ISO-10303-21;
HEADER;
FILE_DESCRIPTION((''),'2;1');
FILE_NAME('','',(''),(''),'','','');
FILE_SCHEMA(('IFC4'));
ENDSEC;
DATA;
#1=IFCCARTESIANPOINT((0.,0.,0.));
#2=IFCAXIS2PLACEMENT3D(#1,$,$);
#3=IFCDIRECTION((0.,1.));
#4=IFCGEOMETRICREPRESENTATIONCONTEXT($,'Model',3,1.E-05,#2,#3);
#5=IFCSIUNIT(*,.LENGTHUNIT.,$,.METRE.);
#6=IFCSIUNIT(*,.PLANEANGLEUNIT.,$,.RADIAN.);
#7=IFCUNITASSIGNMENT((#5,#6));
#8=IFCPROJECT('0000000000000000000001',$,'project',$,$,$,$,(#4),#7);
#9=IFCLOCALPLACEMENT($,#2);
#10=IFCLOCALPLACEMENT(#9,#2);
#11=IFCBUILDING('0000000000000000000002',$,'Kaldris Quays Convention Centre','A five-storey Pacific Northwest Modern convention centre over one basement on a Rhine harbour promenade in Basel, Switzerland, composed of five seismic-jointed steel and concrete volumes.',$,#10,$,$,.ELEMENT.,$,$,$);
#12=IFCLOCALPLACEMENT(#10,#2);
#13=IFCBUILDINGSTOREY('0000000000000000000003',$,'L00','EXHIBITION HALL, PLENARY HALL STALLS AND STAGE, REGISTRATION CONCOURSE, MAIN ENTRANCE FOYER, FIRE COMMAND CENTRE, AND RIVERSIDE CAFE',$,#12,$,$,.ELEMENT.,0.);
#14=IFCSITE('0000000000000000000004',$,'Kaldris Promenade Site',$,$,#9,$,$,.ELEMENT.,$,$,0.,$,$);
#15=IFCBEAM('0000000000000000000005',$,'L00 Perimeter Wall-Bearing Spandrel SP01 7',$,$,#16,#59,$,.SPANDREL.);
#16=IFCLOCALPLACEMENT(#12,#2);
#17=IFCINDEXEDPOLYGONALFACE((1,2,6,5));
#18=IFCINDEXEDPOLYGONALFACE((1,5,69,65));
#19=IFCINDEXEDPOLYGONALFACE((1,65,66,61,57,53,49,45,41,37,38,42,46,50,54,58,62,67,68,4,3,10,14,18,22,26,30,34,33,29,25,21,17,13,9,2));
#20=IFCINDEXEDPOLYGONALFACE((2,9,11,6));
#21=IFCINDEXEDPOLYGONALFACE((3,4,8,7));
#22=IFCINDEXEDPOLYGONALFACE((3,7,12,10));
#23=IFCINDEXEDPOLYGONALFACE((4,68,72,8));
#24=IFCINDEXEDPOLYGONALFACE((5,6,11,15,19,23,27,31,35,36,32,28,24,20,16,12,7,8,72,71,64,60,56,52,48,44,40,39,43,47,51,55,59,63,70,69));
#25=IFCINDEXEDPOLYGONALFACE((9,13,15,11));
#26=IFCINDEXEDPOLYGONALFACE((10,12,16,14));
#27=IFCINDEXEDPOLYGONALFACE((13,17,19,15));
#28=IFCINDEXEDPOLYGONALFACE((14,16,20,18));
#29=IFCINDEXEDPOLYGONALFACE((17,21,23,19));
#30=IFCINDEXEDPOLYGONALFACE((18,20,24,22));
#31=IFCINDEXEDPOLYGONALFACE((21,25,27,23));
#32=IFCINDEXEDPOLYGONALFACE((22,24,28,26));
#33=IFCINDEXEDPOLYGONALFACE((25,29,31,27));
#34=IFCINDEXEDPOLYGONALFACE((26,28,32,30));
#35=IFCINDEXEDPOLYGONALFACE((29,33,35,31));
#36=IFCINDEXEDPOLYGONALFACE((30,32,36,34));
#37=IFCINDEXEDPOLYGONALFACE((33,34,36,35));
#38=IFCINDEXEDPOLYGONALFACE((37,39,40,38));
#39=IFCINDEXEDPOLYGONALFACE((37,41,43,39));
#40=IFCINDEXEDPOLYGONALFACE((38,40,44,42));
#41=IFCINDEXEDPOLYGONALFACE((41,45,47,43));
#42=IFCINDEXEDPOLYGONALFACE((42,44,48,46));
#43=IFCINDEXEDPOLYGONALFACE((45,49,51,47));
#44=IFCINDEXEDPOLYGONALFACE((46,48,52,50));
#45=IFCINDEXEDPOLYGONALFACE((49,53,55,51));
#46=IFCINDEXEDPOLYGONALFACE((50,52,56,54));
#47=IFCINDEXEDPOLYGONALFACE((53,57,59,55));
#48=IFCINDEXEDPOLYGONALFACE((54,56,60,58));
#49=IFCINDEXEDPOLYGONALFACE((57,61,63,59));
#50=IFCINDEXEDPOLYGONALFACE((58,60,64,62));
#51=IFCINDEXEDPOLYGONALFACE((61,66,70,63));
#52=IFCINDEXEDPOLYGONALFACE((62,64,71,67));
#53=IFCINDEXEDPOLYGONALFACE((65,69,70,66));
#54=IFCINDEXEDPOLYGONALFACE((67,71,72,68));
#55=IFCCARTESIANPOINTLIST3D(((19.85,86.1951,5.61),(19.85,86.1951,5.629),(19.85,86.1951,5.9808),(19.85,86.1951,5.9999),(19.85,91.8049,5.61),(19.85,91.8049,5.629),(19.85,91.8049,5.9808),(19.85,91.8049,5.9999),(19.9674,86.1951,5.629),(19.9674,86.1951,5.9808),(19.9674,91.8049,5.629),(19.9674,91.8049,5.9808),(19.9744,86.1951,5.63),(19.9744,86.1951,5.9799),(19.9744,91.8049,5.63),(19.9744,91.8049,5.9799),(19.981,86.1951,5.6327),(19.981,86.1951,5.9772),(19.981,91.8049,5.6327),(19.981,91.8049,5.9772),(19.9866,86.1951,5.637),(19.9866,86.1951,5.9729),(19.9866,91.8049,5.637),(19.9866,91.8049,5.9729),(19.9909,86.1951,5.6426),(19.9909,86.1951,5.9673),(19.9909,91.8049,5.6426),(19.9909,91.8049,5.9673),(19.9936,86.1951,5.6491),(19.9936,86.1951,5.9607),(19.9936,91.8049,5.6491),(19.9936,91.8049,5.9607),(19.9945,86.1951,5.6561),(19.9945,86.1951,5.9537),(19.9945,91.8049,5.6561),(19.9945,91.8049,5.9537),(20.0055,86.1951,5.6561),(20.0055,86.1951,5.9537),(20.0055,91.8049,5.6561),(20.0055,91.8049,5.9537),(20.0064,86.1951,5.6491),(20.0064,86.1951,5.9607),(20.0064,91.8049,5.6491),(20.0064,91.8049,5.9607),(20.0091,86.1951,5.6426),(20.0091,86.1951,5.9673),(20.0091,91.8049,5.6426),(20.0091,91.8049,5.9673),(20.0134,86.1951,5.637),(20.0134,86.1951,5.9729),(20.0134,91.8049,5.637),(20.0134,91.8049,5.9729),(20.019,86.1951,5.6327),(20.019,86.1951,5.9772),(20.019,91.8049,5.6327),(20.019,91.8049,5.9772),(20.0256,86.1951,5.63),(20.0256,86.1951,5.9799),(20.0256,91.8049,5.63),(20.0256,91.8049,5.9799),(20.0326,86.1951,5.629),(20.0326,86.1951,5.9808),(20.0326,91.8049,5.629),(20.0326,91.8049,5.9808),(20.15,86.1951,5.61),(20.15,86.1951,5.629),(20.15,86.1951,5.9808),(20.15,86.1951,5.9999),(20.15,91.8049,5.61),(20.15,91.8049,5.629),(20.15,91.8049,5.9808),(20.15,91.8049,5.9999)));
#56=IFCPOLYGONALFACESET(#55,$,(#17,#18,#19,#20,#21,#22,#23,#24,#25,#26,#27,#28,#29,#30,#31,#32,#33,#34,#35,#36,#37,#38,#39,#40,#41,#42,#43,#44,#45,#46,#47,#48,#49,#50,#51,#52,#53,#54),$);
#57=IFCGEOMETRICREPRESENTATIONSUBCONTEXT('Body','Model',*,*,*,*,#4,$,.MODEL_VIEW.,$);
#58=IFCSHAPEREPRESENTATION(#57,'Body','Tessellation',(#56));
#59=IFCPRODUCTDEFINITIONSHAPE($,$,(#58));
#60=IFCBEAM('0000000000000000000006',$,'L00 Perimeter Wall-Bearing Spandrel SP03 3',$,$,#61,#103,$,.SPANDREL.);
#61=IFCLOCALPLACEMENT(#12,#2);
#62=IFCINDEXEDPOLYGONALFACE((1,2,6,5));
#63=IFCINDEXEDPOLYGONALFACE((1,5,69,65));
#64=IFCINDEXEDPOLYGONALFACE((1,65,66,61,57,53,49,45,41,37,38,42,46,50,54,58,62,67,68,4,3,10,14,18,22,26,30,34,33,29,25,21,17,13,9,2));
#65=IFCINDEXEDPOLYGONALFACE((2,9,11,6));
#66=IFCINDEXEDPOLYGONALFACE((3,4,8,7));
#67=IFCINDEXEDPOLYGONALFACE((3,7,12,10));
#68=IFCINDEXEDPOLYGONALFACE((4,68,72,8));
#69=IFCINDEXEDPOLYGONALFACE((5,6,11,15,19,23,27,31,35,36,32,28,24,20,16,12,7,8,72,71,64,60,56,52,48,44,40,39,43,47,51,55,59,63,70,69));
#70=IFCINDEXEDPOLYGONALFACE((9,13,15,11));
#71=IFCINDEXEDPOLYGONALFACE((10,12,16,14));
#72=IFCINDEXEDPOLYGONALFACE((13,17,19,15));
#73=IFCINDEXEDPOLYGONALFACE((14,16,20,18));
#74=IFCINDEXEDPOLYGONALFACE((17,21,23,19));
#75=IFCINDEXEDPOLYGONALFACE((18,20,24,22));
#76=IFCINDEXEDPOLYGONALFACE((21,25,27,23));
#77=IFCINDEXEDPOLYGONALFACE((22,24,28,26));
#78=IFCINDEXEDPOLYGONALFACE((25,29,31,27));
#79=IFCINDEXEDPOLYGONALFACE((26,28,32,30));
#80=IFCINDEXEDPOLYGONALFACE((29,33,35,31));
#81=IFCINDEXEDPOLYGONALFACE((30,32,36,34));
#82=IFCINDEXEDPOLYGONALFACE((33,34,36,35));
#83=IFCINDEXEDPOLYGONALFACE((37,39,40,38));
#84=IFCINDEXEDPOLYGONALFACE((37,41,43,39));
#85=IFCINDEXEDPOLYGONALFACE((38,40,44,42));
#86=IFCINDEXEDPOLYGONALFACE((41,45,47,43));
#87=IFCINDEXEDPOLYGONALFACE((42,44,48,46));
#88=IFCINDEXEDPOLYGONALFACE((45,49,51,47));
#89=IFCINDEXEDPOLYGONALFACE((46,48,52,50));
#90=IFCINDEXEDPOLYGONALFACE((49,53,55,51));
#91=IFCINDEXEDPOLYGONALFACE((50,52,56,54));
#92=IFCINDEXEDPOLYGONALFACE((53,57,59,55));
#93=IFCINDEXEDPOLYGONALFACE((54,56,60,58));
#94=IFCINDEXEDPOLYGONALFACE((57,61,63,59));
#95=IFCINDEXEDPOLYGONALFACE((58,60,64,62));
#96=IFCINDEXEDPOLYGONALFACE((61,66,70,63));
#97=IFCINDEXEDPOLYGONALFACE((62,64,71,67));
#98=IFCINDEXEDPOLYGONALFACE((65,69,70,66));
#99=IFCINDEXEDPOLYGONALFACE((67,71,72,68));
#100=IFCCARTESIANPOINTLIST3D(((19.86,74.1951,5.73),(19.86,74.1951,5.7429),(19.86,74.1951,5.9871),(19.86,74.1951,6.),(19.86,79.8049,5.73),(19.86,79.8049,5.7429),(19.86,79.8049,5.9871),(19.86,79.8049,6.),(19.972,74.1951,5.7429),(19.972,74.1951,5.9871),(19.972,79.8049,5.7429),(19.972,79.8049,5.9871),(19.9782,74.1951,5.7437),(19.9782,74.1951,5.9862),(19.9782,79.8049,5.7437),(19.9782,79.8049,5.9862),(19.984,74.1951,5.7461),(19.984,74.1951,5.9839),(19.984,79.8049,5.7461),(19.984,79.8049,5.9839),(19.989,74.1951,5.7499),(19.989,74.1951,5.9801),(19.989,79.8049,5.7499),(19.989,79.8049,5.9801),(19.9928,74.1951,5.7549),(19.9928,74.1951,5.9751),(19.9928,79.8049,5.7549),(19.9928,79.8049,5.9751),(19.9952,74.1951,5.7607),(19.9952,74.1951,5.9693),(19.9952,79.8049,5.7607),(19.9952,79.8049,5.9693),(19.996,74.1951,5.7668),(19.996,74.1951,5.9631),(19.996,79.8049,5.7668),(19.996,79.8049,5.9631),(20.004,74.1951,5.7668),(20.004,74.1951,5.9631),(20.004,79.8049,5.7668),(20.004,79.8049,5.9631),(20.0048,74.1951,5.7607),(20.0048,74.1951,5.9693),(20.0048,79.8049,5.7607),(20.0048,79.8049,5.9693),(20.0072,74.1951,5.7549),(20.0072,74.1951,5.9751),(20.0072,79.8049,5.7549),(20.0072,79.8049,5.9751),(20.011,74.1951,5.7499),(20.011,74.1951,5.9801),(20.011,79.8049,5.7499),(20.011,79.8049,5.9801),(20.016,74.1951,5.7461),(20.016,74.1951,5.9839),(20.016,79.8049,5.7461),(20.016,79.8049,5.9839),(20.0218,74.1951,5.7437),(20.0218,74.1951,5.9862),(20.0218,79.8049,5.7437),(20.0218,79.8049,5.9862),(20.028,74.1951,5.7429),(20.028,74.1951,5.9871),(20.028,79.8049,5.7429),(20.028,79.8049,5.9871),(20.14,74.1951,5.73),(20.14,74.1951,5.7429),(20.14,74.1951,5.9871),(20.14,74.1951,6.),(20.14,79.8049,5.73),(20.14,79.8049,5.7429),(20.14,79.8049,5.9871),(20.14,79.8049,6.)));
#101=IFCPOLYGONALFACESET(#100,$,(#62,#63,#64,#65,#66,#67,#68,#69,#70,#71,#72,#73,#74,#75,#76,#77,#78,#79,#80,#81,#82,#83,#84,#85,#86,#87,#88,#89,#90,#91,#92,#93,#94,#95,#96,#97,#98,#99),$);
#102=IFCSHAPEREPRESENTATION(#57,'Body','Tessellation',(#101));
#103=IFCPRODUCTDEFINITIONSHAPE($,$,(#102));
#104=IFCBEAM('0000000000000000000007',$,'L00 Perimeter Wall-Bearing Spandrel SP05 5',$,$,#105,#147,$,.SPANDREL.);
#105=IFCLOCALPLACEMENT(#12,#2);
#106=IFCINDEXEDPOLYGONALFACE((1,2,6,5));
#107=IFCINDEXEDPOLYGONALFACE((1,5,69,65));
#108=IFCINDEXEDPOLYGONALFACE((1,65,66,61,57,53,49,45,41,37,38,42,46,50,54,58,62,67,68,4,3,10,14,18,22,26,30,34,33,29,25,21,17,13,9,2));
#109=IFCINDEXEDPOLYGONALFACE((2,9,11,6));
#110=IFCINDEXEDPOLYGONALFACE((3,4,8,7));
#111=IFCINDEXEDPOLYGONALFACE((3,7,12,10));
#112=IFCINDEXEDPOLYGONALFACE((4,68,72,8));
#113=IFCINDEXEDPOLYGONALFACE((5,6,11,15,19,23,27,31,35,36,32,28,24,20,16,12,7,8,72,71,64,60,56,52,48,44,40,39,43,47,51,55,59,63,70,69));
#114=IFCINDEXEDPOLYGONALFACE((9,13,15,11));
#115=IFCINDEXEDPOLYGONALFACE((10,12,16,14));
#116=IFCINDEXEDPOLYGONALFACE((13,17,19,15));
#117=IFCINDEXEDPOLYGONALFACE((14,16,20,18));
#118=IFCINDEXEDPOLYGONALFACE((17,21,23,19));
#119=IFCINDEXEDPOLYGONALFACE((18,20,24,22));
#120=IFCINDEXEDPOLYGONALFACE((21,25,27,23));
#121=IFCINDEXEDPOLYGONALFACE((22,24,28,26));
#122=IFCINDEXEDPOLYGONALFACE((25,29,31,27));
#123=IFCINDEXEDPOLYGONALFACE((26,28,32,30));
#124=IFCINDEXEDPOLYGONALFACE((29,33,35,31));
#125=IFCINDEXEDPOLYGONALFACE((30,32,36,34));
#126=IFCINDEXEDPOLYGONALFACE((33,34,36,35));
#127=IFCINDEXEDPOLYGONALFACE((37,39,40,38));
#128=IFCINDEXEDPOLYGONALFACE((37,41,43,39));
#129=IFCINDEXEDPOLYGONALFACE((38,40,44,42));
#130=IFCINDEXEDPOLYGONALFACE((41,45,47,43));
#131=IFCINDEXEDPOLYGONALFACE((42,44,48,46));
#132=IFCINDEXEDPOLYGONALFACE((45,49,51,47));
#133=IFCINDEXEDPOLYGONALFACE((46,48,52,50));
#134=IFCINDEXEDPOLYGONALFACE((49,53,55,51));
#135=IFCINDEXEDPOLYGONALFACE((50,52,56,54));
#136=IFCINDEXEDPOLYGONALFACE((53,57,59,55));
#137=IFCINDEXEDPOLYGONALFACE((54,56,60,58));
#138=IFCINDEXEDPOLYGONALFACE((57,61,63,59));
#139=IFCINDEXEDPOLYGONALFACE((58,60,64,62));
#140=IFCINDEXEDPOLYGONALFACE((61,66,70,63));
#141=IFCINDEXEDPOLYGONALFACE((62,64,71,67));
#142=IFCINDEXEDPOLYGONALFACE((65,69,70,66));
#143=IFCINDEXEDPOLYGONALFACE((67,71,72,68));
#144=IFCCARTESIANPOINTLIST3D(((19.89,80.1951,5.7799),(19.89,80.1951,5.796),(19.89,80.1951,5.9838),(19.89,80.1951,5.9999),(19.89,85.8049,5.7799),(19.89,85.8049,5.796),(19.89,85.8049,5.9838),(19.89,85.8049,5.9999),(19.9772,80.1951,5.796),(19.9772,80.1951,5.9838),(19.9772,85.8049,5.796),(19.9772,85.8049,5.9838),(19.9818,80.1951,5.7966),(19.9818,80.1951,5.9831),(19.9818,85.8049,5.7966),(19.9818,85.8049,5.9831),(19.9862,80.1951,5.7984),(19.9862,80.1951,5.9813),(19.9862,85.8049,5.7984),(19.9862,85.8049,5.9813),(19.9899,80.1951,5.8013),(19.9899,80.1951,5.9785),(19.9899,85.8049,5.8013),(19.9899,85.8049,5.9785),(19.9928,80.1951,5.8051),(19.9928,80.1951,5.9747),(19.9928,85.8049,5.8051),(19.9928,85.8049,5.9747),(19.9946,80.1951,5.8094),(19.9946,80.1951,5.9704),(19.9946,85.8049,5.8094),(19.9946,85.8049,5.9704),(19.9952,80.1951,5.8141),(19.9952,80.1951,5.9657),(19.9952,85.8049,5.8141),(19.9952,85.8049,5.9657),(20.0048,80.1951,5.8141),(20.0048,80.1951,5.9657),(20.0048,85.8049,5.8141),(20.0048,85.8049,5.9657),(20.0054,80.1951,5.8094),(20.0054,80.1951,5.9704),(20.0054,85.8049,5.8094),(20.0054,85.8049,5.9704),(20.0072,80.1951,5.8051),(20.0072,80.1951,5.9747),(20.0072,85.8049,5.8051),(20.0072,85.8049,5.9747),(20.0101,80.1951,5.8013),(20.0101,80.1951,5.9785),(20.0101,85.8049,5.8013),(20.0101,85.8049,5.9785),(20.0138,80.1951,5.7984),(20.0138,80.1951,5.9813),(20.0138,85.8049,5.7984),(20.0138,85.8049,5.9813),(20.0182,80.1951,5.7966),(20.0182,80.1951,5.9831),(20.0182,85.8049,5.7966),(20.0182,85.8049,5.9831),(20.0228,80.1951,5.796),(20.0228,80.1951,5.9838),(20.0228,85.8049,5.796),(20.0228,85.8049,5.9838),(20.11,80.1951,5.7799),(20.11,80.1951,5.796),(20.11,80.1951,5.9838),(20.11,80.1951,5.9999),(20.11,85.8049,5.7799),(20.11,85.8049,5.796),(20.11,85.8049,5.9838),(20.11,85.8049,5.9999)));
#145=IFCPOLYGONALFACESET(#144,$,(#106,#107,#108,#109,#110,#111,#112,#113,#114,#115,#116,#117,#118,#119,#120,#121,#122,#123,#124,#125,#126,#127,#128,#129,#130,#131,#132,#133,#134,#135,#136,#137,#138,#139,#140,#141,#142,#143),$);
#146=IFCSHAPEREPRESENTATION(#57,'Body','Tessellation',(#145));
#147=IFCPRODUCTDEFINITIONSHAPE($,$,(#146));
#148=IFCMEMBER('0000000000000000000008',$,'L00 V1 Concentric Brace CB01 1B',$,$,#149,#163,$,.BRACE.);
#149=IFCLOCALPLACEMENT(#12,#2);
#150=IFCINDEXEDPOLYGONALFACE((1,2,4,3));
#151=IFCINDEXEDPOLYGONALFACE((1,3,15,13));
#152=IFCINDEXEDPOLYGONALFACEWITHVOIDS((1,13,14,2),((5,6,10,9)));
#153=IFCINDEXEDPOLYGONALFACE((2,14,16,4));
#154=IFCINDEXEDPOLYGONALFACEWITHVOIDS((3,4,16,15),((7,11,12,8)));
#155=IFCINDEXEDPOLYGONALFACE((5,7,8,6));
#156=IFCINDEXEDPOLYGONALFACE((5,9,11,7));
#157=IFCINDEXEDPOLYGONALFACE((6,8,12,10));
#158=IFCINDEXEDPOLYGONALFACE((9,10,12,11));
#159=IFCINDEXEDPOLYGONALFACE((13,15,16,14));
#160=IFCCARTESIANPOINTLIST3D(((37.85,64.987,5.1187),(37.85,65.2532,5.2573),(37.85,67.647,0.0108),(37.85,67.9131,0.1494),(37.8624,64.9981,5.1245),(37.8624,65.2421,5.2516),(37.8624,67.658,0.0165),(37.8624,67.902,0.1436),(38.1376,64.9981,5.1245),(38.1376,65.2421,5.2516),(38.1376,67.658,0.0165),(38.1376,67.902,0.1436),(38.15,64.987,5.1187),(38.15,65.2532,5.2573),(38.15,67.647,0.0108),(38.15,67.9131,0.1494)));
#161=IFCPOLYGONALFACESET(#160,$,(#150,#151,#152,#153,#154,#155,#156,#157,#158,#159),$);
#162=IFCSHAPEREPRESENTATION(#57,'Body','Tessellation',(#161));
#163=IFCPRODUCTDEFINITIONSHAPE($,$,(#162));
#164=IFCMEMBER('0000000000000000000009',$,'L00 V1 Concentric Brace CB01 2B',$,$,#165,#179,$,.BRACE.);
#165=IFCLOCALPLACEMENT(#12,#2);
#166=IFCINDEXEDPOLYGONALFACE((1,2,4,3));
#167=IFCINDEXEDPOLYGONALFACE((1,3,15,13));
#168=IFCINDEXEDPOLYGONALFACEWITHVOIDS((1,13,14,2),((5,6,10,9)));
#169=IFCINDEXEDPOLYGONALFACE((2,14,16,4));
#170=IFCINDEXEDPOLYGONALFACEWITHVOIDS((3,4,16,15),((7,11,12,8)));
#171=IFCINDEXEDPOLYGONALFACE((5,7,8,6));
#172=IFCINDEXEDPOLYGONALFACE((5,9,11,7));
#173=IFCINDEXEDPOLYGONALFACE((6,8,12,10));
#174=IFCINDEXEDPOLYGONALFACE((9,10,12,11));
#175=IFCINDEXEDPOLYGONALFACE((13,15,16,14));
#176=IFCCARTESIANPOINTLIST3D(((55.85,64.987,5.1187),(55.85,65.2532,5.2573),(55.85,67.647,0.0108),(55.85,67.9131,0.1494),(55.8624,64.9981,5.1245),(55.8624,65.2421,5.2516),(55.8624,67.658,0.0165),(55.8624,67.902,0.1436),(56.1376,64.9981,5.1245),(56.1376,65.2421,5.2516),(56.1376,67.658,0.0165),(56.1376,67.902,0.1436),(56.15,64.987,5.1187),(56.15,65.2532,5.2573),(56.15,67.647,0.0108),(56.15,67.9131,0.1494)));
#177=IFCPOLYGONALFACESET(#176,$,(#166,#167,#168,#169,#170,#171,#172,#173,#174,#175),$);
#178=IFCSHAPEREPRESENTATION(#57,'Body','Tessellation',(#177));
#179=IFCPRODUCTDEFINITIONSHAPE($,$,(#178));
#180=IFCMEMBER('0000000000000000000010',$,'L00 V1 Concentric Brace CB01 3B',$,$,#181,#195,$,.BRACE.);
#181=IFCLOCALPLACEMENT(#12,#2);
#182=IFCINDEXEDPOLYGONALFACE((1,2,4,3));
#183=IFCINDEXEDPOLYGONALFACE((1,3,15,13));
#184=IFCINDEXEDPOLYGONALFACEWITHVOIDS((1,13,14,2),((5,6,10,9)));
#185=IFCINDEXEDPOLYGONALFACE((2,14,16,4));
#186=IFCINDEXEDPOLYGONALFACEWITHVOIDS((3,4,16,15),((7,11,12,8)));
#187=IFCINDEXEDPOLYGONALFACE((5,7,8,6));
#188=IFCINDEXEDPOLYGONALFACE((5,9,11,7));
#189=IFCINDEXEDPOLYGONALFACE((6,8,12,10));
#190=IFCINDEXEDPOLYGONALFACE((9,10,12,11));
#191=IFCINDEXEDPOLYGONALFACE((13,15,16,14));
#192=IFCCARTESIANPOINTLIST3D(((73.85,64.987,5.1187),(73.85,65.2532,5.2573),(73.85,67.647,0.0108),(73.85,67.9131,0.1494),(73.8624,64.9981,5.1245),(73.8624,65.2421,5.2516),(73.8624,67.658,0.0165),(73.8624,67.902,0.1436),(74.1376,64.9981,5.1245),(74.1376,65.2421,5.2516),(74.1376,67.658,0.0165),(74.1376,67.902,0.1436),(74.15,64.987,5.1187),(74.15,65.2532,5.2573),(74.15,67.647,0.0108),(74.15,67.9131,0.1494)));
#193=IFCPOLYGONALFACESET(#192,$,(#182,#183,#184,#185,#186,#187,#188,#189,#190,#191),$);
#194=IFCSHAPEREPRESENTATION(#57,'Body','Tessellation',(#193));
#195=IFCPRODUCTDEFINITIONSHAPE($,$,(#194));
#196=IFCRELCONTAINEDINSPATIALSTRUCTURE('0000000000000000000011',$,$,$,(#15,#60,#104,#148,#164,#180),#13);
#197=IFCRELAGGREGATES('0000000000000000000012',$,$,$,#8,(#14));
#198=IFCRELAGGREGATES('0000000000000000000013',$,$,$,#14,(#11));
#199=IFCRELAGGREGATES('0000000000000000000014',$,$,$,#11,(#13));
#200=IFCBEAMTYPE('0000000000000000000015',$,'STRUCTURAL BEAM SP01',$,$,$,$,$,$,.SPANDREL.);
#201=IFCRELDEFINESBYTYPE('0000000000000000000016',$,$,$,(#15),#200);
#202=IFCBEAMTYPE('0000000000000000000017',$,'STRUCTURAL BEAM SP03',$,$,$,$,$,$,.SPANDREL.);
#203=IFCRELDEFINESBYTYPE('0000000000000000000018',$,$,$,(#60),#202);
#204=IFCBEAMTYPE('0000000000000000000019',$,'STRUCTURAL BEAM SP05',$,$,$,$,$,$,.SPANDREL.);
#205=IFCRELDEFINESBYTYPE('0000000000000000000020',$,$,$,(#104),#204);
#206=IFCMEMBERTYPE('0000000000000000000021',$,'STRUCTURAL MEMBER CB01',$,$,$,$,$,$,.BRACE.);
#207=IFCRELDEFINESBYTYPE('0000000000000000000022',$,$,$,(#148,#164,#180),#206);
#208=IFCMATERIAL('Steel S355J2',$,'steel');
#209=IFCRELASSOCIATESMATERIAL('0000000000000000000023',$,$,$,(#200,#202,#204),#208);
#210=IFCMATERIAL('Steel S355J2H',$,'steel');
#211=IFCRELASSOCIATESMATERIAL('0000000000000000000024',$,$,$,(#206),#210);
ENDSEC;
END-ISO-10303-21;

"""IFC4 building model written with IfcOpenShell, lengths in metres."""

from ifc_helpers import new_model, si_unit, direction, frame, origin, origin_2d, place, context, subcontext, project, spatial, hollow_rectangle, i_section, extrude, material, material_profile, profile_set, type_object, element, save


model = new_model("IFC4")

# Units and contexts
model_context = context("Model", 3, precision=1e-05, world=origin(), true_north=direction((0.0, 1.0)))
body_context = subcontext(model_context, "Body", "Model", "MODEL_VIEW")
ifc_project = project(units=[si_unit("LENGTHUNIT", "METRE"), si_unit("PLANEANGLEUNIT", "RADIAN")], contexts=[model_context])

# Site, building, storey
site_placement = place(None, origin())
site = spatial("IfcSite", under=ifc_project, at=site_placement, Name="Kaldris Promenade Site", CompositionType="ELEMENT", RefElevation=0.0)
building_placement = place(site_placement, origin())
building = spatial("IfcBuilding", under=site, at=building_placement, Name="Kaldris Quays Convention Centre", Description="A five-storey Pacific Northwest Modern convention centre over one basement on a Rhine harbour promenade in Basel, Switzerland, composed of five seismic-jointed steel and concrete volumes.", CompositionType="ELEMENT")
storey_placement = place(building_placement, origin())
storey = spatial("IfcBuildingStorey", under=building, at=storey_placement, Name="L00", Description="EXHIBITION HALL, PLENARY HALL STALLS AND STAGE, REGISTRATION CONCOURSE, MAIN ENTRANCE FOYER, FIRE COMMAND CENTRE, AND RIVERSIDE CAFE", CompositionType="ELEMENT", Elevation=0.0)

# Shared definitions
ifc_material_1 = material(Name="Steel S355J2", Category="steel")

# Beams
ifc_material_profile_1 = material_profile(ifc_material_1, i_section(OverallWidth=0.3, OverallDepth=0.3899, WebThickness=0.011, FlangeThickness=0.019, FilletRadius=0.0271, at=origin_2d()), Name="HEA 400")
ifc_profile_set_1 = profile_set([ifc_material_profile_1], Name="Steel S355J2")
beam_type_1 = type_object("IfcBeamType", Name="STRUCTURAL BEAM SP01", PredefinedType="SPANDREL", material=ifc_profile_set_1)
for number, where, z_axis, x_axis, name in (
    (1, (20.0, 86.1951, 5.8049), (0.0, 1.0, 0.0), (-1.0, 0.0, 0.0), "L00 Perimeter Wall-Bearing Spandrel SP01 7"),
):
    element("IfcBeam", number, at=place(storey_placement, frame(where, z_axis=z_axis, x_axis=x_axis)), inside=storey, type_object=beam_type_1, Name=name, PredefinedType="SPANDREL", context=body_context, shape_type="SweptSolid", body=[
        extrude(i_section(OverallWidth=0.3, OverallDepth=0.3899, WebThickness=0.011, FlangeThickness=0.019, FilletRadius=0.0271, at=origin_2d()), origin(), (0.0, 0.0, 1.0), 5.6099),
    ])
ifc_material_profile_2 = material_profile(ifc_material_1, i_section(OverallWidth=0.28, OverallDepth=0.27, WebThickness=0.0081, FlangeThickness=0.0129, FilletRadius=0.0239, at=origin_2d()), Name="HEA 280")
ifc_profile_set_2 = profile_set([ifc_material_profile_2], Name="Steel S355J2")
beam_type_2 = type_object("IfcBeamType", Name="STRUCTURAL BEAM SP03", PredefinedType="SPANDREL", material=ifc_profile_set_2)
beam_1_placement = place(storey_placement, frame((20.0, 74.1951, 5.865), z_axis=(0.0, 1.0, 0.0), x_axis=(-1.0, 0.0, 0.0)))
element("IfcBeam", 2, at=beam_1_placement, inside=storey, type_object=beam_type_2, Name="L00 Perimeter Wall-Bearing Spandrel SP03 3", PredefinedType="SPANDREL", context=body_context, shape_type="SweptSolid", body=[
    extrude(i_section(OverallWidth=0.28, OverallDepth=0.27, WebThickness=0.0081, FlangeThickness=0.0129, FilletRadius=0.0239, at=origin_2d()), origin(), (0.0, 0.0, 1.0), 5.6099),
])
ifc_material_profile_3 = material_profile(ifc_material_1, i_section(OverallWidth=0.22, OverallDepth=0.22, WebThickness=0.0095, FlangeThickness=0.0161, FilletRadius=0.0181, at=origin_2d()), Name="HEB 220")
ifc_profile_set_3 = profile_set([ifc_material_profile_3], Name="Steel S355J2")
beam_type_3 = type_object("IfcBeamType", Name="STRUCTURAL BEAM SP05", PredefinedType="SPANDREL", material=ifc_profile_set_3)
beam_2_placement = place(storey_placement, frame((20.0, 80.1951, 5.8899), z_axis=(0.0, 1.0, 0.0), x_axis=(-1.0, 0.0, 0.0)))
element("IfcBeam", 3, at=beam_2_placement, inside=storey, type_object=beam_type_3, Name="L00 Perimeter Wall-Bearing Spandrel SP05 5", PredefinedType="SPANDREL", context=body_context, shape_type="SweptSolid", body=[
    extrude(i_section(OverallWidth=0.22, OverallDepth=0.22, WebThickness=0.0095, FlangeThickness=0.0161, FilletRadius=0.0181, at=origin_2d()), origin(), (0.0, 0.0, 1.0), 5.6099),
])

# Members
ifc_material_2 = material(Name="Steel S355J2H", Category="steel")
ifc_material_profile_4 = material_profile(ifc_material_2, hollow_rectangle(XDim=0.3, YDim=0.3, WallThickness=0.0125, at=origin_2d()), Name="SHS 300x300x12.5")
ifc_profile_set_4 = profile_set([ifc_material_profile_4], Name="Steel S355J2H")
member_type = type_object("IfcMemberType", Name="STRUCTURAL MEMBER CB01", PredefinedType="BRACE", material=ifc_profile_set_4)
for number, where, z_axis, x_axis, name in (
    (4, (38.0, 67.78, 0.0801), (0.0, -0.461872, 0.886947), (1.0, 0.0, 0.0), "L00 V1 Concentric Brace CB01 1B"),
    (5, (56.0, 67.78, 0.0801), (0.0, -0.461872, 0.886947), (1.0, 0.0, 0.0), "L00 V1 Concentric Brace CB01 2B"),
    (6, (74.0, 67.78, 0.0801), (0.0, -0.461872, 0.886947), (1.0, 0.0, 0.0), "L00 V1 Concentric Brace CB01 3B"),
):
    element("IfcMember", number, at=place(storey_placement, frame(where, z_axis=z_axis, x_axis=x_axis)), inside=storey, type_object=member_type, Name=name, PredefinedType="BRACE", context=body_context, shape_type="SweptSolid", body=[
        extrude(hollow_rectangle(XDim=0.3, YDim=0.3, WallThickness=0.0125, at=origin_2d()), origin(), (0.0, 0.0, 1.0), 5.759),
    ])

save(model, "model.ifc")
